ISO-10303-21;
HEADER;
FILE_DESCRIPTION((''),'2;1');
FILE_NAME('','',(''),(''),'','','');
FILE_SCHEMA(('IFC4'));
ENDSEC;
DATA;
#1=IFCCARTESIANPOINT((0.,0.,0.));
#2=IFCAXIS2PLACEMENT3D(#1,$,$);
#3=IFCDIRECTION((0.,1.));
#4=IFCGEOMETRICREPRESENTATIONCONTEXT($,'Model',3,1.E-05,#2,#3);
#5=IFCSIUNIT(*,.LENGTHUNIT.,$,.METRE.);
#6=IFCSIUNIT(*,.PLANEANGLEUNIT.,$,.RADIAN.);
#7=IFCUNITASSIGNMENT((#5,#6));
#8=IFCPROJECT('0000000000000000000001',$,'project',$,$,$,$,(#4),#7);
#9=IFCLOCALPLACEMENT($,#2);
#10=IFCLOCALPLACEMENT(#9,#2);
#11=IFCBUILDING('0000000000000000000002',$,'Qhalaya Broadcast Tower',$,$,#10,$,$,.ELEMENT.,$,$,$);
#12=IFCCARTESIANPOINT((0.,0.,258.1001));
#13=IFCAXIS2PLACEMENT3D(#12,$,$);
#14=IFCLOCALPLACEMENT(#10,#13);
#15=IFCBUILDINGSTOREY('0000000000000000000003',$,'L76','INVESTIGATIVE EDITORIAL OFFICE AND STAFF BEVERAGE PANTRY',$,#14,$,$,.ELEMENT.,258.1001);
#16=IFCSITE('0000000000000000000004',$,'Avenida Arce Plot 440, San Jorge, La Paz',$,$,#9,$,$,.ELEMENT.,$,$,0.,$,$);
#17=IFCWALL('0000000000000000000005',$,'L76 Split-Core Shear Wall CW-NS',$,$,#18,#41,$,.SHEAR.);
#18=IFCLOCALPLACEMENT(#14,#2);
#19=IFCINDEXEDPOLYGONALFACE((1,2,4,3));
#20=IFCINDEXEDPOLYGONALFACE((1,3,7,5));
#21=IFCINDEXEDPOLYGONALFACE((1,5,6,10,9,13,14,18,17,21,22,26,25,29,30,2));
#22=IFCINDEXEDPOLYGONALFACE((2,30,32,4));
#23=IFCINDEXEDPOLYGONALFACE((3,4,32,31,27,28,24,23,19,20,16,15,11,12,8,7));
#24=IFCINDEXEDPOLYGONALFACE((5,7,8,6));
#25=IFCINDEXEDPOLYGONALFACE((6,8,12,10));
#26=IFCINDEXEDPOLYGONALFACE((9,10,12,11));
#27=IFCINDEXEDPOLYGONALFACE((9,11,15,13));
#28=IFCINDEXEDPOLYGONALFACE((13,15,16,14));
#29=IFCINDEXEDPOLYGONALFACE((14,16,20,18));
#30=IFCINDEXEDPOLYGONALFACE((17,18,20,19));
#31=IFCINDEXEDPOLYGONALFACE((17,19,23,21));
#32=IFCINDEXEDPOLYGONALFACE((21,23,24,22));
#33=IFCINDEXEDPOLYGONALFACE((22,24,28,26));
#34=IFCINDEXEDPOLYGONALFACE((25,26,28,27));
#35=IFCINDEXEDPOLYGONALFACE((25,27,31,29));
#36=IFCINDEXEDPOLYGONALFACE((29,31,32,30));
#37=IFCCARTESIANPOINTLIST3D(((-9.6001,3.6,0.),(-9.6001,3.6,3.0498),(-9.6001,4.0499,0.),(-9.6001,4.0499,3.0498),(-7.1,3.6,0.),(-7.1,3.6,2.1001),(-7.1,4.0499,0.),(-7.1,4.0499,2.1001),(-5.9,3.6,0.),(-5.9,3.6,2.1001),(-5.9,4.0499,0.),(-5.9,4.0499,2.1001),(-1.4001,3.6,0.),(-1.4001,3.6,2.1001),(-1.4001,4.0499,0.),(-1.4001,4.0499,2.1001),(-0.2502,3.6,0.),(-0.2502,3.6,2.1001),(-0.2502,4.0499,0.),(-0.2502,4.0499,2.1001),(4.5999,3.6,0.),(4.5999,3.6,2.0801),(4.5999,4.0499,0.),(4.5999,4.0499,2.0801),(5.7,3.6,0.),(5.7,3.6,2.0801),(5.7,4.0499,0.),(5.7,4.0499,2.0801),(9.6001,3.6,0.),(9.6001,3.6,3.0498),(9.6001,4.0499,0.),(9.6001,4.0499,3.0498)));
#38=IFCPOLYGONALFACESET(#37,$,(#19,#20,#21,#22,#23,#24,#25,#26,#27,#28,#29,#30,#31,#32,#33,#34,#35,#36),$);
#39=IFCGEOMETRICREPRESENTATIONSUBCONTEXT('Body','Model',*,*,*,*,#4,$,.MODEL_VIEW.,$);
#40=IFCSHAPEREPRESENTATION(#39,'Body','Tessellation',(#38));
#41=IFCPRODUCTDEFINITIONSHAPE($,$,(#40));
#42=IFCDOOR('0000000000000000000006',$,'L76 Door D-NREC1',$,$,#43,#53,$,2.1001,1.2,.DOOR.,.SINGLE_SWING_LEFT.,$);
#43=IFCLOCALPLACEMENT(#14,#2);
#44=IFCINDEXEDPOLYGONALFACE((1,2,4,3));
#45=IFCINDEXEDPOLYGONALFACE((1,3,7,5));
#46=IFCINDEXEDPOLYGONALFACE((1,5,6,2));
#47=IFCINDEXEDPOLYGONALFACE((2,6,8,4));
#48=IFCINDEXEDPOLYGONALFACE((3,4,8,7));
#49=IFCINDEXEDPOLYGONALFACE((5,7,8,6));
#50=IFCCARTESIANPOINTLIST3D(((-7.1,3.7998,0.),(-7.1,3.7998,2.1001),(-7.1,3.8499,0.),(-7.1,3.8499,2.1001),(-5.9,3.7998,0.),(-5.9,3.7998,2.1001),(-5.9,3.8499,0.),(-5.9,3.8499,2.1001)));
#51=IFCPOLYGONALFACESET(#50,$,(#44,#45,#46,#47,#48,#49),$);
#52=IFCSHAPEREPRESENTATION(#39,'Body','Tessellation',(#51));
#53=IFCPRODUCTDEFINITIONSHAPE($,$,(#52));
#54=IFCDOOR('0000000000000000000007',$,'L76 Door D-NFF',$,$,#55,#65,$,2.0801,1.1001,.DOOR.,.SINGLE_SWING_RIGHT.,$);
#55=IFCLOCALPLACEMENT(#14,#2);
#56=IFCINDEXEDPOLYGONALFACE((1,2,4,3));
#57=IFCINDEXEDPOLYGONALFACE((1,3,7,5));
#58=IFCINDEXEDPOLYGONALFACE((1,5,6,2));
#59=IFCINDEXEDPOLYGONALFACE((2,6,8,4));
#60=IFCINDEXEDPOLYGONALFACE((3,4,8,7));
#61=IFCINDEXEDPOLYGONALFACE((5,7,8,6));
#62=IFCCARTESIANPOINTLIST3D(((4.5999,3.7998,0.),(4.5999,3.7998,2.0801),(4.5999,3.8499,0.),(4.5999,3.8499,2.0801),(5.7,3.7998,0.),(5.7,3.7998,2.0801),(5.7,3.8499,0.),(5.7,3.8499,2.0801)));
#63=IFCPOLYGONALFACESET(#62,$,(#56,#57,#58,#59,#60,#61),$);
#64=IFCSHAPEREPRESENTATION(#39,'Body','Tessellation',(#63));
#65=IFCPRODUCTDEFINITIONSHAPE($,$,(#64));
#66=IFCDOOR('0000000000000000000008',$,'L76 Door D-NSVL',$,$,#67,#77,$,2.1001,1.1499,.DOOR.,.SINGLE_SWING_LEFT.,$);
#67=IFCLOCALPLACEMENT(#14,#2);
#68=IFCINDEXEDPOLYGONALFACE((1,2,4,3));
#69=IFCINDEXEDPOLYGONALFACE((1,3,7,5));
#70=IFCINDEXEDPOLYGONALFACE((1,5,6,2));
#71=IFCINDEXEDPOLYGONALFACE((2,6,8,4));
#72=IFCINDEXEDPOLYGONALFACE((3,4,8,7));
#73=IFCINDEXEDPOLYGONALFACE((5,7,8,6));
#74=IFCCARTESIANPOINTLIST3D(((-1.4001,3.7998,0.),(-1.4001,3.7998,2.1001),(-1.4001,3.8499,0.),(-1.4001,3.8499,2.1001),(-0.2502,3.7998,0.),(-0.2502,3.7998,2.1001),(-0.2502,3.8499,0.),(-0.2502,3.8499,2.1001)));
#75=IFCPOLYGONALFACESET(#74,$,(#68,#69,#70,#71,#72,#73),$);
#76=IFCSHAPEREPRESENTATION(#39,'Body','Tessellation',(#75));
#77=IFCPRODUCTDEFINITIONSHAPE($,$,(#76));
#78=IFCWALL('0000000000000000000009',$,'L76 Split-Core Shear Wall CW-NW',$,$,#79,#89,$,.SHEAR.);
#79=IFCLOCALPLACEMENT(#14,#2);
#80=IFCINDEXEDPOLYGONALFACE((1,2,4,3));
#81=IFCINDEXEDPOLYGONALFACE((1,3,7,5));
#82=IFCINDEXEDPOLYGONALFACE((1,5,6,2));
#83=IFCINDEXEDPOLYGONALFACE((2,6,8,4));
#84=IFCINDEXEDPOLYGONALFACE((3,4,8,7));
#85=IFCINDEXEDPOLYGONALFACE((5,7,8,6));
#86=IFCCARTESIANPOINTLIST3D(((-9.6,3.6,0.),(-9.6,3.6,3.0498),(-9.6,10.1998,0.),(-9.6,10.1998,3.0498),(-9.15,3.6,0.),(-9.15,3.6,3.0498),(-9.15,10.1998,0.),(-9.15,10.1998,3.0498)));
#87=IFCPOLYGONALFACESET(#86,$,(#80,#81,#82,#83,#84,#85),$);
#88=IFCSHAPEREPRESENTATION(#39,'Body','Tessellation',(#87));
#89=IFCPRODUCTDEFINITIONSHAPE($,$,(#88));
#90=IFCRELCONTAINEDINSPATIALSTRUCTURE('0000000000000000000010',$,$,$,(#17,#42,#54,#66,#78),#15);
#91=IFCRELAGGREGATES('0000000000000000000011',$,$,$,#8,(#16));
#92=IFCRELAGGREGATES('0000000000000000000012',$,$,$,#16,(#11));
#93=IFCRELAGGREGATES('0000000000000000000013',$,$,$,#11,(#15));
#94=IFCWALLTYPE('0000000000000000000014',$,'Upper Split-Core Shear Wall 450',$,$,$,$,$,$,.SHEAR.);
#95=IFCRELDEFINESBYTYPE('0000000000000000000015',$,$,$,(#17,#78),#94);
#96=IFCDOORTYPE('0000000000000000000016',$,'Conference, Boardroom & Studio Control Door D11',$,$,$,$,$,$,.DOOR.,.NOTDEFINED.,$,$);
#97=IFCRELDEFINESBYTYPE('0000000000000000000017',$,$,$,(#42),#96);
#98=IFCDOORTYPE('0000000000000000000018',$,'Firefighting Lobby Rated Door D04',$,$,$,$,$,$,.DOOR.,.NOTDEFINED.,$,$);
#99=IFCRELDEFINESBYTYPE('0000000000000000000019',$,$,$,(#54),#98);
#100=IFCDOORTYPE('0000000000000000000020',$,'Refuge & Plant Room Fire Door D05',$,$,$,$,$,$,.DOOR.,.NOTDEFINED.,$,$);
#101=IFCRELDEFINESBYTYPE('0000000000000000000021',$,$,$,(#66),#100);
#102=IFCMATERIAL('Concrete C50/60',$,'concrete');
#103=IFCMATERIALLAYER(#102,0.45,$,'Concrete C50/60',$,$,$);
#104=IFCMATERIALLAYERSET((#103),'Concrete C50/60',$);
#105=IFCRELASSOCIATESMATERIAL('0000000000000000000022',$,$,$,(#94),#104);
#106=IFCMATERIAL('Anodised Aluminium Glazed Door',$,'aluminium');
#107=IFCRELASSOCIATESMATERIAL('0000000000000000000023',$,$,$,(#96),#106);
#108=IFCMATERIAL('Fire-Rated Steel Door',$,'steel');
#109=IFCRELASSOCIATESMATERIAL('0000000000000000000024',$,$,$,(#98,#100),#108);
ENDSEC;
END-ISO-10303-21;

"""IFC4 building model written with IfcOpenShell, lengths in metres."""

from ifc_helpers import new_model, si_unit, direction, frame, frame_2d, origin, place, context, subcontext, project, spatial, rectangle, extrude, material, layer, layer_set, type_object, element, fill, save


model = new_model("IFC4")

# Units and contexts
model_context = context("Model", 3, precision=1e-05, world=origin(), true_north=direction((0.0, 1.0)))
body_context = subcontext(model_context, "Body", "Model", "MODEL_VIEW")
ifc_project = project(units=[si_unit("LENGTHUNIT", "METRE"), si_unit("PLANEANGLEUNIT", "RADIAN")], contexts=[model_context])

# Site, building, storey
site_placement = place(None, origin())
site = spatial("IfcSite", under=ifc_project, at=site_placement, Name="Avenida Arce Plot 440, San Jorge, La Paz", CompositionType="ELEMENT", RefElevation=0.0)
building_placement = place(site_placement, origin())
building = spatial("IfcBuilding", under=site, at=building_placement, Name="Qhalaya Broadcast Tower", CompositionType="ELEMENT")
storey_placement = place(building_placement, frame((0.0, 0.0, 258.1001)))
storey = spatial("IfcBuildingStorey", under=building, at=storey_placement, Name="L76", Description="INVESTIGATIVE EDITORIAL OFFICE AND STAFF BEVERAGE PANTRY", CompositionType="ELEMENT", Elevation=258.1001)

# Shared definitions
ifc_material_1 = material(Name="Concrete C50/60", Category="concrete")

# Shared definitions
ifc_material_2 = material(Name="Fire-Rated Steel Door", Category="steel")

# Wall, openings, doors
ifc_layer_1 = layer(ifc_material_1, 0.45, Name="Concrete C50/60")
ifc_layer_set_1 = layer_set([ifc_layer_1], Name="Concrete C50/60")
wall_type_1 = type_object("IfcWallType", Name="Upper Split-Core Shear Wall 450", PredefinedType="SHEAR", material=ifc_layer_set_1)
wall_1_placement = place(storey_placement, frame((-9.6001, 3.825, 0.0), z_axis=(0.0, 0.0, 1.0), x_axis=(1.0, 0.0, 0.0)))
wall_1 = element("IfcWall", 1, at=wall_1_placement, inside=storey, type_object=wall_type_1, Name="L76 Split-Core Shear Wall CW-NS", PredefinedType="SHEAR", context=body_context, shape_type="SweptSolid", body=[
    extrude(rectangle(XDim=19.2002, YDim=0.45, at=frame_2d((9.6001, 0.0))), origin(), (0.0, 0.0, 1.0), 3.0498),
])
opening_1_placement = place(wall_1_placement, frame((14.2, 0.0, 0.0)))
opening_1 = element("IfcOpeningElement", 2, at=opening_1_placement, cuts=wall_1, PredefinedType="OPENING", context=body_context, shape_type="SweptSolid", body=[
    extrude(rectangle(XDim=1.1001, YDim=2.0801, at=frame_2d((0.55, 1.04))), frame((0.0, 0.2371, 0.0), z_axis=(0.0, -1.0, 0.0), x_axis=(1.0, 0.0, 0.0)), (0.0, 0.0, 1.0), 0.4739),
])
opening_2_placement = place(wall_1_placement, frame((8.2, 0.0, 0.0)))
opening_2 = element("IfcOpeningElement", 3, at=opening_2_placement, cuts=wall_1, PredefinedType="OPENING", context=body_context, shape_type="SweptSolid", body=[
    extrude(rectangle(XDim=1.1499, YDim=2.1001, at=frame_2d((0.575, 1.05))), frame((0.0, 0.2371, 0.0), z_axis=(0.0, -1.0, 0.0), x_axis=(1.0, 0.0, 0.0)), (0.0, 0.0, 1.0), 0.4739),
])
opening_3_placement = place(wall_1_placement, frame((2.5, 0.0, 0.0)))
opening_3 = element("IfcOpeningElement", 4, at=opening_3_placement, cuts=wall_1, PredefinedType="OPENING", context=body_context, shape_type="SweptSolid", body=[
    extrude(rectangle(XDim=1.2, YDim=2.1001, at=frame_2d((0.6001, 1.05))), frame((0.0, 0.2371, 0.0), z_axis=(0.0, -1.0, 0.0), x_axis=(1.0, 0.0, 0.0)), (0.0, 0.0, 1.0), 0.4739),
])
ifc_material_3 = material(Name="Anodised Aluminium Glazed Door", Category="aluminium")
door_type_1 = type_object("IfcDoorType", Name="Conference, Boardroom & Studio Control Door D11", OperationType="NOTDEFINED", PredefinedType="DOOR", material=ifc_material_3)
door_1_placement = place(opening_3_placement, origin())
door_1 = element("IfcDoor", 5, at=door_1_placement, inside=storey, type_object=door_type_1, Name="L76 Door D-NREC1", OperationType="SINGLE_SWING_LEFT", OverallHeight=2.1001, OverallWidth=1.2, PredefinedType="DOOR", context=body_context, shape_type="SweptSolid", body=[
    extrude(rectangle(XDim=1.2, YDim=2.1001, at=frame_2d((0.6001, 1.05))), frame((0.0, 0.0249, 0.0), z_axis=(0.0, -1.0, 0.0), x_axis=(1.0, 0.0, 0.0)), (0.0, 0.0, 1.0), 0.05),
])
fill(opening_3, door_1)
door_type_2 = type_object("IfcDoorType", Name="Firefighting Lobby Rated Door D04", OperationType="NOTDEFINED", PredefinedType="DOOR", material=ifc_material_2)
door_2_placement = place(opening_1_placement, origin())
door_2 = element("IfcDoor", 6, at=door_2_placement, inside=storey, type_object=door_type_2, Name="L76 Door D-NFF", OperationType="SINGLE_SWING_RIGHT", OverallHeight=2.0801, OverallWidth=1.1001, PredefinedType="DOOR", context=body_context, shape_type="SweptSolid", body=[
    extrude(rectangle(XDim=1.1001, YDim=2.0801, at=frame_2d((0.55, 1.04))), frame((0.0, 0.0249, 0.0), z_axis=(0.0, -1.0, 0.0), x_axis=(1.0, 0.0, 0.0)), (0.0, 0.0, 1.0), 0.05),
])
fill(opening_1, door_2)
door_type_3 = type_object("IfcDoorType", Name="Refuge & Plant Room Fire Door D05", OperationType="NOTDEFINED", PredefinedType="DOOR", material=ifc_material_2)
door_3_placement = place(opening_2_placement, origin())
door_3 = element("IfcDoor", 7, at=door_3_placement, inside=storey, type_object=door_type_3, Name="L76 Door D-NSVL", OperationType="SINGLE_SWING_LEFT", OverallHeight=2.1001, OverallWidth=1.1499, PredefinedType="DOOR", context=body_context, shape_type="SweptSolid", body=[
    extrude(rectangle(XDim=1.1499, YDim=2.1001, at=frame_2d((0.575, 1.05))), frame((0.0, 0.0249, 0.0), z_axis=(0.0, -1.0, 0.0), x_axis=(1.0, 0.0, 0.0)), (0.0, 0.0, 1.0), 0.05),
])
fill(opening_2, door_3)

# Wall
wall_2_placement = place(storey_placement, frame((-9.375, 3.6001, 0.0), z_axis=(0.0, 0.0, 1.0), x_axis=(0.0, 1.0, 0.0)))
element("IfcWall", 8, at=wall_2_placement, inside=storey, type_object=wall_type_1, Name="L76 Split-Core Shear Wall CW-NW", PredefinedType="SHEAR", context=body_context, shape_type="SweptSolid", body=[
    extrude(rectangle(XDim=6.5999, YDim=0.45, at=frame_2d((3.2998, 0.0))), origin(), (0.0, 0.0, 1.0), 3.0498),
])

save(model, "model.ifc")
